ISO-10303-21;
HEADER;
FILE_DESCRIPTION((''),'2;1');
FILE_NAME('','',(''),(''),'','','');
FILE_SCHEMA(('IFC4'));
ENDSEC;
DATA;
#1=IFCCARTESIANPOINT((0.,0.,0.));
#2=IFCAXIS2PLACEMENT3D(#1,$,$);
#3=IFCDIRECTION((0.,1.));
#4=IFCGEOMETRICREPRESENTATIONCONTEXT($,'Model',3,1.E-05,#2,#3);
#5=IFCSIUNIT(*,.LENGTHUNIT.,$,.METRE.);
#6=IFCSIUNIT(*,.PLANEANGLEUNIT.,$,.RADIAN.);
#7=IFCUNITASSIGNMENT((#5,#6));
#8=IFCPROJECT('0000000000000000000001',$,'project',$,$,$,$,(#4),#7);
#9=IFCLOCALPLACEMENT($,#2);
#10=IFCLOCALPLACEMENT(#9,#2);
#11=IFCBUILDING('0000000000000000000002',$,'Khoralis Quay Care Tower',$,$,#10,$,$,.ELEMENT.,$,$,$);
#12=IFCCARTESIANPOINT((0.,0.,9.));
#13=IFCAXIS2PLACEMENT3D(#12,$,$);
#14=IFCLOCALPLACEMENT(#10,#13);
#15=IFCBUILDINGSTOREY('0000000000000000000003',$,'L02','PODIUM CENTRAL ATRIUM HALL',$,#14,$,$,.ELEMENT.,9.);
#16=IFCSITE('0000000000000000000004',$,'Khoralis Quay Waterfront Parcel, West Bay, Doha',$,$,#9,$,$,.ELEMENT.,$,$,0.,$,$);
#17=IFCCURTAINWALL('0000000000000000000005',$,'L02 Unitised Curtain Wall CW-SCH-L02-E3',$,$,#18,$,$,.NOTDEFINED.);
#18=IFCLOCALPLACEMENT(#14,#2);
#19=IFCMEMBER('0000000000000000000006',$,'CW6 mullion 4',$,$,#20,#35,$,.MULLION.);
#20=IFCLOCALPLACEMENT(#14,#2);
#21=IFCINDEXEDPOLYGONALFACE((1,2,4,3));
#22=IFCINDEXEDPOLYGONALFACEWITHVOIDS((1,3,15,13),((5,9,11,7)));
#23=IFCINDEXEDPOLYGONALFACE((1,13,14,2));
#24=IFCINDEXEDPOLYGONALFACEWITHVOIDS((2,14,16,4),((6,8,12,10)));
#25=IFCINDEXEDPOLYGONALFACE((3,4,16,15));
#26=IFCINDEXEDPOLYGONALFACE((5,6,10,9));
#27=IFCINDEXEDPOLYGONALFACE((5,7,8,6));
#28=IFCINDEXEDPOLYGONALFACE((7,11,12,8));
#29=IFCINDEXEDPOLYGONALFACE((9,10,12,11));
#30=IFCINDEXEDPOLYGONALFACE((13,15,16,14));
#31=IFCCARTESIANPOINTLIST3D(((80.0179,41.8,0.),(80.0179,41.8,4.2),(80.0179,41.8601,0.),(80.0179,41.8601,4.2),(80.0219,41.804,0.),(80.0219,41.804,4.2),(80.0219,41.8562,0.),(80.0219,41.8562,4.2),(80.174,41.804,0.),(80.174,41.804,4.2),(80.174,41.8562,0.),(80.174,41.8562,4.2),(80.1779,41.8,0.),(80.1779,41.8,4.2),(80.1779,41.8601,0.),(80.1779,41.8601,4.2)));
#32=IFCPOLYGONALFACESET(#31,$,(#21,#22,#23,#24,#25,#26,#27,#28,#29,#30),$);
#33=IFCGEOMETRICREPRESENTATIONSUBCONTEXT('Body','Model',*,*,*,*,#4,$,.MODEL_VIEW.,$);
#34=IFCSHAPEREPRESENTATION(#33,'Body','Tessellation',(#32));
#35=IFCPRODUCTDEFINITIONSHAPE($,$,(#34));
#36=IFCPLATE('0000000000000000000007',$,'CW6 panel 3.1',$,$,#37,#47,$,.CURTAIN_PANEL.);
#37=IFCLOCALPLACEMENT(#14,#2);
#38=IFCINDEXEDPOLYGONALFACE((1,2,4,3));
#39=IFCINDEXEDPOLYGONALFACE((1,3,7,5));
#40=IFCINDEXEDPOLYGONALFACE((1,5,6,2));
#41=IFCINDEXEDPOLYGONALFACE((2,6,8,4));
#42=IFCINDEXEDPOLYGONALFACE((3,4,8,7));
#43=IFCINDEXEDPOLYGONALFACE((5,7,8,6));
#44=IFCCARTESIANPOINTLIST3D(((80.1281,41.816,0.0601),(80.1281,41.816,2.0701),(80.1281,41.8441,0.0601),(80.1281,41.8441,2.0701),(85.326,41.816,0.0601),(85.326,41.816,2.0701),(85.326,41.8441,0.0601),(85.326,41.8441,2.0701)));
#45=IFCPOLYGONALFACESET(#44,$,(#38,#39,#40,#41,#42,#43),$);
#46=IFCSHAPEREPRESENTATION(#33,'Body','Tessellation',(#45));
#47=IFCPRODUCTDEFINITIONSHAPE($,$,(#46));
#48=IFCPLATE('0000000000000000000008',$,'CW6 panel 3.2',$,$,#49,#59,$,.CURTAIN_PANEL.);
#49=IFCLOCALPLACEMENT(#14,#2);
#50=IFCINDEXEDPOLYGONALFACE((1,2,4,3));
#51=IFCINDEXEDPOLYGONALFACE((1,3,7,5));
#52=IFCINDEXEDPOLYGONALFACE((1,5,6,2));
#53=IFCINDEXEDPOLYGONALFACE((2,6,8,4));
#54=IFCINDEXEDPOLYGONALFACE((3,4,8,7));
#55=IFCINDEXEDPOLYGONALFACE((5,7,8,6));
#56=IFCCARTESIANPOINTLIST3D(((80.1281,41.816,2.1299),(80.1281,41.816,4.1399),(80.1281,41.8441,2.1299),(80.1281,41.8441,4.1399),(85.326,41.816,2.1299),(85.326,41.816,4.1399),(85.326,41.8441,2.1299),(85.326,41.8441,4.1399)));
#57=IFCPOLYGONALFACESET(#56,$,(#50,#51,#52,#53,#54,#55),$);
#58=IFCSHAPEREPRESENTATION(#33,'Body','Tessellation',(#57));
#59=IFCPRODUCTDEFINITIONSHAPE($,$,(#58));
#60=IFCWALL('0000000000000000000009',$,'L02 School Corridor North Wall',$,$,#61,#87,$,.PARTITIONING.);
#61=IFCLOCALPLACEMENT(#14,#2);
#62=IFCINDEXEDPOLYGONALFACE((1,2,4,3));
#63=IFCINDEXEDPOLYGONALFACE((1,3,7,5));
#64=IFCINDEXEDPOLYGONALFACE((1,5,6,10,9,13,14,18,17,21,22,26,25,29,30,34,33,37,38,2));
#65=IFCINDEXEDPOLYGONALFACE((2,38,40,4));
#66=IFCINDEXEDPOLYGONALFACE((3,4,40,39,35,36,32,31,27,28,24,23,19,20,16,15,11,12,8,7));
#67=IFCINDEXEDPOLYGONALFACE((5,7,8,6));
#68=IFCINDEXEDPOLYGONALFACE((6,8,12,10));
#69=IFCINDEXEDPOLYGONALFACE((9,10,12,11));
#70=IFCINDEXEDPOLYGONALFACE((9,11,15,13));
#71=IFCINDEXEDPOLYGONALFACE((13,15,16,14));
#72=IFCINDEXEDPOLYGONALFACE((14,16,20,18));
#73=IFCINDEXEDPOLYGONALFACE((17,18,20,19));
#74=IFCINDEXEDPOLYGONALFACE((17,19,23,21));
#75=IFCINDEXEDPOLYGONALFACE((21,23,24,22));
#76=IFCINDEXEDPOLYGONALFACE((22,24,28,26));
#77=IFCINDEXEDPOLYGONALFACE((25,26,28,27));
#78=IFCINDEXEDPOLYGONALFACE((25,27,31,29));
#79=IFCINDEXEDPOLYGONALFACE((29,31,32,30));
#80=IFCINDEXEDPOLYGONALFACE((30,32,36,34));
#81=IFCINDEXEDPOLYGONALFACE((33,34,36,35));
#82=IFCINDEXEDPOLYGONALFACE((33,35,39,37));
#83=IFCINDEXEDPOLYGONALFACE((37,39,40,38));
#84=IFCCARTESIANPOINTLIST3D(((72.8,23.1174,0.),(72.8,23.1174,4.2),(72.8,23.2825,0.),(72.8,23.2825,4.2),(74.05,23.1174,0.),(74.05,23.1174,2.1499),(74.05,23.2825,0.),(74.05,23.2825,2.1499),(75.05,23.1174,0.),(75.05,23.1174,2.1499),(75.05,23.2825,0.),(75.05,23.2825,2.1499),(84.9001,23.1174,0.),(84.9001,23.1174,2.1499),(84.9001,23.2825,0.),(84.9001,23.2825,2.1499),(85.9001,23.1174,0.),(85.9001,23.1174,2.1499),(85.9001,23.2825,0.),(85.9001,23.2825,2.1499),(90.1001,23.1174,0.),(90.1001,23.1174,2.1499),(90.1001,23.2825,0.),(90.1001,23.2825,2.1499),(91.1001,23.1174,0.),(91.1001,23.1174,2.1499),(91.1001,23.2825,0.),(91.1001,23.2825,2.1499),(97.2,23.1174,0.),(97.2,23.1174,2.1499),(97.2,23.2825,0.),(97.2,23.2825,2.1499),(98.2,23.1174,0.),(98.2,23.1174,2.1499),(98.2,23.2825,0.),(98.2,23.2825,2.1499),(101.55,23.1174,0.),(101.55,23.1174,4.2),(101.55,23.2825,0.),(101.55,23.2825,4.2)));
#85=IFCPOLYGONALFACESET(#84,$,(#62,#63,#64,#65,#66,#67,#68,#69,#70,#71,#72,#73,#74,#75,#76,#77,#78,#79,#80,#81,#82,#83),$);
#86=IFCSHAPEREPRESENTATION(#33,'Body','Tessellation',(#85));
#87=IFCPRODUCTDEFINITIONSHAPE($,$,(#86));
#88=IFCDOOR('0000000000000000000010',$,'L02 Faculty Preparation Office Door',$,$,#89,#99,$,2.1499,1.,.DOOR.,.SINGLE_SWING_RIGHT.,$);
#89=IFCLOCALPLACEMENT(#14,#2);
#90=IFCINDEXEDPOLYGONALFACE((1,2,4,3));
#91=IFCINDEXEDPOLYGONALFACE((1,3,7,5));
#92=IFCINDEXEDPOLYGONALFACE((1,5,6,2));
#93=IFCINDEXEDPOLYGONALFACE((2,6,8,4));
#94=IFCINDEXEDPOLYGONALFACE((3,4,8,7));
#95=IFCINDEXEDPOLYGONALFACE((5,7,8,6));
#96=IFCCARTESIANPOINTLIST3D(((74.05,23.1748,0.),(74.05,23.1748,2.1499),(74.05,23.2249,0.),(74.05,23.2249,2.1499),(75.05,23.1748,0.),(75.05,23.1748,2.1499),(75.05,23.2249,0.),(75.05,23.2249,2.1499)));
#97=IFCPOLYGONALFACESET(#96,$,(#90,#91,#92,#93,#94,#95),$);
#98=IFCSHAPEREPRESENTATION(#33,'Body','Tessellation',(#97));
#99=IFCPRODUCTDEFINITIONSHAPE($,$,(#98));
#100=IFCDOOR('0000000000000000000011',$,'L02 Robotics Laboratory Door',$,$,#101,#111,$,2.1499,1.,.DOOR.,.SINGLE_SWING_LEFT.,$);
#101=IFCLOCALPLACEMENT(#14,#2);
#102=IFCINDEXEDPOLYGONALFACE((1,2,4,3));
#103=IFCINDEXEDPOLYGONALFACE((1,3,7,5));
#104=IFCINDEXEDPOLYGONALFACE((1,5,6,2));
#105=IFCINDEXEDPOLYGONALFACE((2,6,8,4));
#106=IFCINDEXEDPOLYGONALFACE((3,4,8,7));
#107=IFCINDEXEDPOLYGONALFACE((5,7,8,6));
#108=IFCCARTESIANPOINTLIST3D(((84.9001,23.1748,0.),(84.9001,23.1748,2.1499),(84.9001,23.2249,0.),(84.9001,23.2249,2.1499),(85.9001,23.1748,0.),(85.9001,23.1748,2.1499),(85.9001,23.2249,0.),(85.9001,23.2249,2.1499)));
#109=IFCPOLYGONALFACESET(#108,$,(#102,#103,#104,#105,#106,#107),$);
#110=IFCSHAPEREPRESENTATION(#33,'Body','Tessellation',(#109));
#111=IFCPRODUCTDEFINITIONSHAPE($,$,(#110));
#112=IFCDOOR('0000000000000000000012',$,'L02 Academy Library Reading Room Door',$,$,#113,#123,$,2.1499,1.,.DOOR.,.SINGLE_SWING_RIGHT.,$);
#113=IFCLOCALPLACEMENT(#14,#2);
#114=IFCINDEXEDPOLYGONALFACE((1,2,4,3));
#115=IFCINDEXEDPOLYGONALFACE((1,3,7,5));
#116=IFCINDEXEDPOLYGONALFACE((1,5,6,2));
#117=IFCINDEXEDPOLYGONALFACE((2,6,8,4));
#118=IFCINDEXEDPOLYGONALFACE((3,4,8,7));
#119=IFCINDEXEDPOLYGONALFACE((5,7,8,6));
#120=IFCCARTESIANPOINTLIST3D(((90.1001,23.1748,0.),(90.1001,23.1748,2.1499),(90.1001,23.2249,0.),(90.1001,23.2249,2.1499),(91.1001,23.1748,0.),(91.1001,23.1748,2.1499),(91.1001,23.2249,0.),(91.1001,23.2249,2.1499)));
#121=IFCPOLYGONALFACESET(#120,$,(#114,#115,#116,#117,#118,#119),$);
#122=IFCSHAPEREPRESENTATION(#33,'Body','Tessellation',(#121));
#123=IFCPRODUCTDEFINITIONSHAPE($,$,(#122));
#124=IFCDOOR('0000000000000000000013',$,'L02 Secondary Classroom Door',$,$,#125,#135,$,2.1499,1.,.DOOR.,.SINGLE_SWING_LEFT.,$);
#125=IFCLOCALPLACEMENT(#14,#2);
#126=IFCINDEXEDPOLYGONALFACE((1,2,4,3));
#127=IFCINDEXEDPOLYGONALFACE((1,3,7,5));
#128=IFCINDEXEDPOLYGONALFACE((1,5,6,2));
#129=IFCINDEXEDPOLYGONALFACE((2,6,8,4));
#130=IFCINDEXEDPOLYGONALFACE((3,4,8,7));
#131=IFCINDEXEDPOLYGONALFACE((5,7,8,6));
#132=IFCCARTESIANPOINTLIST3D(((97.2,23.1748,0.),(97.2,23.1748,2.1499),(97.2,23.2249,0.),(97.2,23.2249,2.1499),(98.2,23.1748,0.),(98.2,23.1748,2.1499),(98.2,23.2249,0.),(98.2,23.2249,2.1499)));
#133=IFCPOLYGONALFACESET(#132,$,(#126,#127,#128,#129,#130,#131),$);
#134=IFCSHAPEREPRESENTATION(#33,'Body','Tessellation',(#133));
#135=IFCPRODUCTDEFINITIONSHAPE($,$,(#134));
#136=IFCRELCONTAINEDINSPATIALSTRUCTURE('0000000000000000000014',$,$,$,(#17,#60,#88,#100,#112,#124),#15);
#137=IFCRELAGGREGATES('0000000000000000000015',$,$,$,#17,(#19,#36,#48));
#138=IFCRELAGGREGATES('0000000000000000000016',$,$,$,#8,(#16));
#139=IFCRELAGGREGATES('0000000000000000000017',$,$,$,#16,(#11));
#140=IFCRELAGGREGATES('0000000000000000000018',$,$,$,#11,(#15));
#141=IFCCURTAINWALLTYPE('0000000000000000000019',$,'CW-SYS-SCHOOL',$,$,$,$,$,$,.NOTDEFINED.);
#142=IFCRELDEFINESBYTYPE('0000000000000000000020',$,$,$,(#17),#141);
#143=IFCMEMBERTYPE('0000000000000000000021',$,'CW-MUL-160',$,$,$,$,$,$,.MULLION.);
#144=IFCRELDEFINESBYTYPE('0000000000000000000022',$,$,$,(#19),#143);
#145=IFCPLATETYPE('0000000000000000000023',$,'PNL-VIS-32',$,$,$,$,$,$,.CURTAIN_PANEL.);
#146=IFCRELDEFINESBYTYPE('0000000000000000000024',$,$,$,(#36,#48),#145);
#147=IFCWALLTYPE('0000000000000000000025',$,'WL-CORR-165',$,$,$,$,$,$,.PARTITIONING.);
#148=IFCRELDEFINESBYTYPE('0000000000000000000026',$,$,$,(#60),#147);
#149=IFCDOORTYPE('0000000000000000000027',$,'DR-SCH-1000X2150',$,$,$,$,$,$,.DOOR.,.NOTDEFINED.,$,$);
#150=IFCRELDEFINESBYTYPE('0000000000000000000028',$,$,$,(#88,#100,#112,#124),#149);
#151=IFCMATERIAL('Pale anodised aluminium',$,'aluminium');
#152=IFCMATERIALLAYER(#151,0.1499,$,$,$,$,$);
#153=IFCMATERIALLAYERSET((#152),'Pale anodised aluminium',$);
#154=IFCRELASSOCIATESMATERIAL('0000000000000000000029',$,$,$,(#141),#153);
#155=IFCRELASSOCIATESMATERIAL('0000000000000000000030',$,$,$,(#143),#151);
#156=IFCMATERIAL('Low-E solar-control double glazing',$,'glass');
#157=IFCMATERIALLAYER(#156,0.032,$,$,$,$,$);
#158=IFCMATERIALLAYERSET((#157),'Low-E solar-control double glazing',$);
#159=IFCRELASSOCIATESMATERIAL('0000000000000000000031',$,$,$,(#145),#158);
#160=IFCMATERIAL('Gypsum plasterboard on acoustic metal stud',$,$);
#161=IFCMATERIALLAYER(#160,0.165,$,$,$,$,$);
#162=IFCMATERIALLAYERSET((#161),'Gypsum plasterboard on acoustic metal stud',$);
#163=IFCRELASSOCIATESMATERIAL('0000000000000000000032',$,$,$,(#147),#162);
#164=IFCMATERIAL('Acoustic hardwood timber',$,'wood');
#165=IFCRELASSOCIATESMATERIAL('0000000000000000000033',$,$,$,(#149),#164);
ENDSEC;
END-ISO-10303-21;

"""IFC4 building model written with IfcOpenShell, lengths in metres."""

from ifc_helpers import new_model, si_unit, direction, frame, frame_2d, origin, origin_2d, place, context, subcontext, project, spatial, rectangle, hollow_rectangle, extrude, source, transform, mapped, material, layer, layer_set, material_profile, profile_set, type_object, element, fill, aggregate, save


model = new_model("IFC4")

# Units and contexts
model_context = context("Model", 3, precision=1e-05, world=origin(), true_north=direction((0.0, 1.0)))
body_context = subcontext(model_context, "Body", "Model", "MODEL_VIEW")
ifc_project = project(units=[si_unit("LENGTHUNIT", "METRE"), si_unit("PLANEANGLEUNIT", "RADIAN")], contexts=[model_context])

# Site, building, storey
site_placement = place(None, origin())
site = spatial("IfcSite", under=ifc_project, at=site_placement, Name="Khoralis Quay Waterfront Parcel, West Bay, Doha", CompositionType="ELEMENT", RefElevation=0.0)
building_placement = place(site_placement, origin())
building = spatial("IfcBuilding", under=site, at=building_placement, Name="Khoralis Quay Care Tower", CompositionType="ELEMENT")
storey_placement = place(building_placement, frame((0.0, 0.0, 9.0)))
storey = spatial("IfcBuildingStorey", under=building, at=storey_placement, Name="L02", Description="PODIUM CENTRAL ATRIUM HALL", CompositionType="ELEMENT", Elevation=9.0)

# Curtain wall, member, plates
ifc_material_1 = material(Name="Pale anodised aluminium", Category="aluminium")
ifc_layer_1 = layer(ifc_material_1, 0.1499)
ifc_layer_set_1 = layer_set([ifc_layer_1], Name="Pale anodised aluminium")
curtain_wall_type = type_object("IfcCurtainWallType", Name="CW-SYS-SCHOOL", PredefinedType="NOTDEFINED", material=ifc_layer_set_1)
curtain_wall_placement = place(storey_placement, origin())
curtain_wall = element("IfcCurtainWall", 1, at=curtain_wall_placement, inside=storey, type_object=curtain_wall_type, Name="L02 Unitised Curtain Wall CW-SCH-L02-E3", PredefinedType="NOTDEFINED")
ifc_material_profile_1 = material_profile(ifc_material_1, hollow_rectangle(XDim=0.0601, YDim=0.1599, WallThickness=0.0039, at=origin_2d()), Name="Pale anodised aluminium")
ifc_profile_set_1 = profile_set([ifc_material_profile_1], Name="Pale anodised aluminium")
member_type = type_object("IfcMemberType", Name="CW-MUL-160", PredefinedType="MULLION", material=ifc_profile_set_1)
shared_shape_1 = source(origin(), body_context, "Body", "SweptSolid", [
    extrude(hollow_rectangle(XDim=0.0601, YDim=0.1599, WallThickness=0.0039, at=origin_2d()), origin(), (0.0, 0.0, 1.0), 4.2),
])
member_placement = place(storey_placement, frame((80.0979, 41.8301, 0.0), z_axis=(0.0, 0.0, 1.0), x_axis=(0.0, -1.0, 0.0)))
member = element("IfcMember", 2, at=member_placement, type_object=member_type, Name="CW6 mullion 4", PredefinedType="MULLION", context=body_context, shape_type="MappedRepresentation", body=[
    mapped(shared_shape_1, transform((0.0, 0.0, 0.0), scale=1.0)),
])
ifc_material_2 = material(Name="Low-E solar-control double glazing", Category="glass")
ifc_layer_2 = layer(ifc_material_2, 0.032)
ifc_layer_set_2 = layer_set([ifc_layer_2], Name="Low-E solar-control double glazing")
plate_type = type_object("IfcPlateType", Name="PNL-VIS-32", PredefinedType="CURTAIN_PANEL", material=ifc_layer_set_2)
shared_shape_2 = source(origin(), body_context, "Body", "SweptSolid", [
    extrude(rectangle(XDim=5.198, YDim=0.0281, at=origin_2d()), origin(), (0.0, 0.0, 1.0), 2.01),
])
plate_1_placement = place(storey_placement, frame((82.7271, 41.8301, 0.0601), z_axis=(0.0, 0.0, 1.0), x_axis=(-1.0, 0.0, 0.0)))
plate_1 = element("IfcPlate", 3, at=plate_1_placement, type_object=plate_type, Name="CW6 panel 3.1", PredefinedType="CURTAIN_PANEL", context=body_context, shape_type="MappedRepresentation", body=[
    mapped(shared_shape_2, transform((0.0, 0.0, 0.0), scale=1.0)),
])
plate_2_placement = place(storey_placement, frame((82.7271, 41.8301, 2.1299), z_axis=(0.0, 0.0, 1.0), x_axis=(-1.0, 0.0, 0.0)))
plate_2 = element("IfcPlate", 4, at=plate_2_placement, type_object=plate_type, Name="CW6 panel 3.2", PredefinedType="CURTAIN_PANEL", context=body_context, shape_type="MappedRepresentation", body=[
    mapped(shared_shape_2, transform((0.0, 0.0, 0.0), scale=1.0)),
])
aggregate(curtain_wall, [member, plate_1, plate_2])

# Wall, openings, doors
ifc_material_3 = material(Name="Gypsum plasterboard on acoustic metal stud")
ifc_layer_3 = layer(ifc_material_3, 0.165)
ifc_layer_set_3 = layer_set([ifc_layer_3], Name="Gypsum plasterboard on acoustic metal stud")
wall_type_1 = type_object("IfcWallType", Name="WL-CORR-165", PredefinedType="PARTITIONING", material=ifc_layer_set_3)
wall_1_placement = place(storey_placement, frame((72.8, 23.2, 0.0), z_axis=(0.0, 0.0, 1.0), x_axis=(1.0, 0.0, 0.0)))
wall_1 = element("IfcWall", 5, at=wall_1_placement, inside=storey, type_object=wall_type_1, Name="L02 School Corridor North Wall", PredefinedType="PARTITIONING", context=body_context, shape_type="SweptSolid", body=[
    extrude(rectangle(XDim=28.75, YDim=0.165, at=frame_2d((14.375, 0.0))), origin(), (0.0, 0.0, 1.0), 4.2),
])
opening_1_placement = place(wall_1_placement, frame((1.25, 0.0, 0.0)))
opening_1 = element("IfcOpeningElement", 6, at=opening_1_placement, cuts=wall_1, PredefinedType="OPENING", context=body_context, shape_type="SweptSolid", body=[
    extrude(rectangle(XDim=1.0, YDim=2.1499, at=frame_2d((0.5, 1.075))), frame((0.0, 0.0925, 0.0), z_axis=(0.0, -1.0, 0.0), x_axis=(1.0, 0.0, 0.0)), (0.0, 0.0, 1.0), 0.1851),
])
opening_2_placement = place(wall_1_placement, frame((12.1001, 0.0, 0.0)))
opening_2 = element("IfcOpeningElement", 7, at=opening_2_placement, cuts=wall_1, PredefinedType="OPENING", context=body_context, shape_type="SweptSolid", body=[
    extrude(rectangle(XDim=1.0, YDim=2.1499, at=frame_2d((0.5, 1.075))), frame((0.0, 0.0925, 0.0), z_axis=(0.0, -1.0, 0.0), x_axis=(1.0, 0.0, 0.0)), (0.0, 0.0, 1.0), 0.1851),
])
opening_3_placement = place(wall_1_placement, frame((17.3, 0.0, 0.0)))
opening_3 = element("IfcOpeningElement", 8, at=opening_3_placement, cuts=wall_1, PredefinedType="OPENING", context=body_context, shape_type="SweptSolid", body=[
    extrude(rectangle(XDim=1.0, YDim=2.1499, at=frame_2d((0.5, 1.075))), frame((0.0, 0.0925, 0.0), z_axis=(0.0, -1.0, 0.0), x_axis=(1.0, 0.0, 0.0)), (0.0, 0.0, 1.0), 0.1851),
])
opening_4_placement = place(wall_1_placement, frame((24.3999, 0.0, 0.0)))
opening_4 = element("IfcOpeningElement", 9, at=opening_4_placement, cuts=wall_1, PredefinedType="OPENING", context=body_context, shape_type="SweptSolid", body=[
    extrude(rectangle(XDim=1.0, YDim=2.1499, at=frame_2d((0.5, 1.075))), frame((0.0, 0.0925, 0.0), z_axis=(0.0, -1.0, 0.0), x_axis=(1.0, 0.0, 0.0)), (0.0, 0.0, 1.0), 0.1851),
])
ifc_material_4 = material(Name="Acoustic hardwood timber", Category="wood")
door_type = type_object("IfcDoorType", Name="DR-SCH-1000X2150", OperationType="NOTDEFINED", PredefinedType="DOOR", material=ifc_material_4)
shared_shape_3 = source(origin(), body_context, "Body", "SweptSolid", [
    extrude(rectangle(XDim=1.0, YDim=2.1499, at=frame_2d((0.5, 1.075))), frame((0.0, 0.0249, 0.0), z_axis=(0.0, -1.0, 0.0), x_axis=(1.0, 0.0, 0.0)), (0.0, 0.0, 1.0), 0.05),
])
door_1_placement = place(opening_1_placement, origin())
door_1 = element("IfcDoor", 10, at=door_1_placement, inside=storey, type_object=door_type, Name="L02 Faculty Preparation Office Door", OperationType="SINGLE_SWING_RIGHT", OverallHeight=2.1499, OverallWidth=1.0, PredefinedType="DOOR", context=body_context, shape_type="MappedRepresentation", body=[
    mapped(shared_shape_3, transform((0.0, 0.0, 0.0), scale=1.0)),
])
fill(opening_1, door_1)
door_2_placement = place(opening_2_placement, origin())
door_2 = element("IfcDoor", 11, at=door_2_placement, inside=storey, type_object=door_type, Name="L02 Robotics Laboratory Door", OperationType="SINGLE_SWING_LEFT", OverallHeight=2.1499, OverallWidth=1.0, PredefinedType="DOOR", context=body_context, shape_type="MappedRepresentation", body=[
    mapped(shared_shape_3, transform((0.0, 0.0, 0.0), scale=1.0)),
])
fill(opening_2, door_2)
door_3_placement = place(opening_3_placement, origin())
door_3 = element("IfcDoor", 12, at=door_3_placement, inside=storey, type_object=door_type, Name="L02 Academy Library Reading Room Door", OperationType="SINGLE_SWING_RIGHT", OverallHeight=2.1499, OverallWidth=1.0, PredefinedType="DOOR", context=body_context, shape_type="MappedRepresentation", body=[
    mapped(shared_shape_3, transform((0.0, 0.0, 0.0), scale=1.0)),
])
fill(opening_3, door_3)
door_4_placement = place(opening_4_placement, origin())
door_4 = element("IfcDoor", 13, at=door_4_placement, inside=storey, type_object=door_type, Name="L02 Secondary Classroom Door", OperationType="SINGLE_SWING_LEFT", OverallHeight=2.1499, OverallWidth=1.0, PredefinedType="DOOR", context=body_context, shape_type="MappedRepresentation", body=[
    mapped(shared_shape_3, transform((0.0, 0.0, 0.0), scale=1.0)),
])
fill(opening_4, door_4)

save(model, "model.ifc")
